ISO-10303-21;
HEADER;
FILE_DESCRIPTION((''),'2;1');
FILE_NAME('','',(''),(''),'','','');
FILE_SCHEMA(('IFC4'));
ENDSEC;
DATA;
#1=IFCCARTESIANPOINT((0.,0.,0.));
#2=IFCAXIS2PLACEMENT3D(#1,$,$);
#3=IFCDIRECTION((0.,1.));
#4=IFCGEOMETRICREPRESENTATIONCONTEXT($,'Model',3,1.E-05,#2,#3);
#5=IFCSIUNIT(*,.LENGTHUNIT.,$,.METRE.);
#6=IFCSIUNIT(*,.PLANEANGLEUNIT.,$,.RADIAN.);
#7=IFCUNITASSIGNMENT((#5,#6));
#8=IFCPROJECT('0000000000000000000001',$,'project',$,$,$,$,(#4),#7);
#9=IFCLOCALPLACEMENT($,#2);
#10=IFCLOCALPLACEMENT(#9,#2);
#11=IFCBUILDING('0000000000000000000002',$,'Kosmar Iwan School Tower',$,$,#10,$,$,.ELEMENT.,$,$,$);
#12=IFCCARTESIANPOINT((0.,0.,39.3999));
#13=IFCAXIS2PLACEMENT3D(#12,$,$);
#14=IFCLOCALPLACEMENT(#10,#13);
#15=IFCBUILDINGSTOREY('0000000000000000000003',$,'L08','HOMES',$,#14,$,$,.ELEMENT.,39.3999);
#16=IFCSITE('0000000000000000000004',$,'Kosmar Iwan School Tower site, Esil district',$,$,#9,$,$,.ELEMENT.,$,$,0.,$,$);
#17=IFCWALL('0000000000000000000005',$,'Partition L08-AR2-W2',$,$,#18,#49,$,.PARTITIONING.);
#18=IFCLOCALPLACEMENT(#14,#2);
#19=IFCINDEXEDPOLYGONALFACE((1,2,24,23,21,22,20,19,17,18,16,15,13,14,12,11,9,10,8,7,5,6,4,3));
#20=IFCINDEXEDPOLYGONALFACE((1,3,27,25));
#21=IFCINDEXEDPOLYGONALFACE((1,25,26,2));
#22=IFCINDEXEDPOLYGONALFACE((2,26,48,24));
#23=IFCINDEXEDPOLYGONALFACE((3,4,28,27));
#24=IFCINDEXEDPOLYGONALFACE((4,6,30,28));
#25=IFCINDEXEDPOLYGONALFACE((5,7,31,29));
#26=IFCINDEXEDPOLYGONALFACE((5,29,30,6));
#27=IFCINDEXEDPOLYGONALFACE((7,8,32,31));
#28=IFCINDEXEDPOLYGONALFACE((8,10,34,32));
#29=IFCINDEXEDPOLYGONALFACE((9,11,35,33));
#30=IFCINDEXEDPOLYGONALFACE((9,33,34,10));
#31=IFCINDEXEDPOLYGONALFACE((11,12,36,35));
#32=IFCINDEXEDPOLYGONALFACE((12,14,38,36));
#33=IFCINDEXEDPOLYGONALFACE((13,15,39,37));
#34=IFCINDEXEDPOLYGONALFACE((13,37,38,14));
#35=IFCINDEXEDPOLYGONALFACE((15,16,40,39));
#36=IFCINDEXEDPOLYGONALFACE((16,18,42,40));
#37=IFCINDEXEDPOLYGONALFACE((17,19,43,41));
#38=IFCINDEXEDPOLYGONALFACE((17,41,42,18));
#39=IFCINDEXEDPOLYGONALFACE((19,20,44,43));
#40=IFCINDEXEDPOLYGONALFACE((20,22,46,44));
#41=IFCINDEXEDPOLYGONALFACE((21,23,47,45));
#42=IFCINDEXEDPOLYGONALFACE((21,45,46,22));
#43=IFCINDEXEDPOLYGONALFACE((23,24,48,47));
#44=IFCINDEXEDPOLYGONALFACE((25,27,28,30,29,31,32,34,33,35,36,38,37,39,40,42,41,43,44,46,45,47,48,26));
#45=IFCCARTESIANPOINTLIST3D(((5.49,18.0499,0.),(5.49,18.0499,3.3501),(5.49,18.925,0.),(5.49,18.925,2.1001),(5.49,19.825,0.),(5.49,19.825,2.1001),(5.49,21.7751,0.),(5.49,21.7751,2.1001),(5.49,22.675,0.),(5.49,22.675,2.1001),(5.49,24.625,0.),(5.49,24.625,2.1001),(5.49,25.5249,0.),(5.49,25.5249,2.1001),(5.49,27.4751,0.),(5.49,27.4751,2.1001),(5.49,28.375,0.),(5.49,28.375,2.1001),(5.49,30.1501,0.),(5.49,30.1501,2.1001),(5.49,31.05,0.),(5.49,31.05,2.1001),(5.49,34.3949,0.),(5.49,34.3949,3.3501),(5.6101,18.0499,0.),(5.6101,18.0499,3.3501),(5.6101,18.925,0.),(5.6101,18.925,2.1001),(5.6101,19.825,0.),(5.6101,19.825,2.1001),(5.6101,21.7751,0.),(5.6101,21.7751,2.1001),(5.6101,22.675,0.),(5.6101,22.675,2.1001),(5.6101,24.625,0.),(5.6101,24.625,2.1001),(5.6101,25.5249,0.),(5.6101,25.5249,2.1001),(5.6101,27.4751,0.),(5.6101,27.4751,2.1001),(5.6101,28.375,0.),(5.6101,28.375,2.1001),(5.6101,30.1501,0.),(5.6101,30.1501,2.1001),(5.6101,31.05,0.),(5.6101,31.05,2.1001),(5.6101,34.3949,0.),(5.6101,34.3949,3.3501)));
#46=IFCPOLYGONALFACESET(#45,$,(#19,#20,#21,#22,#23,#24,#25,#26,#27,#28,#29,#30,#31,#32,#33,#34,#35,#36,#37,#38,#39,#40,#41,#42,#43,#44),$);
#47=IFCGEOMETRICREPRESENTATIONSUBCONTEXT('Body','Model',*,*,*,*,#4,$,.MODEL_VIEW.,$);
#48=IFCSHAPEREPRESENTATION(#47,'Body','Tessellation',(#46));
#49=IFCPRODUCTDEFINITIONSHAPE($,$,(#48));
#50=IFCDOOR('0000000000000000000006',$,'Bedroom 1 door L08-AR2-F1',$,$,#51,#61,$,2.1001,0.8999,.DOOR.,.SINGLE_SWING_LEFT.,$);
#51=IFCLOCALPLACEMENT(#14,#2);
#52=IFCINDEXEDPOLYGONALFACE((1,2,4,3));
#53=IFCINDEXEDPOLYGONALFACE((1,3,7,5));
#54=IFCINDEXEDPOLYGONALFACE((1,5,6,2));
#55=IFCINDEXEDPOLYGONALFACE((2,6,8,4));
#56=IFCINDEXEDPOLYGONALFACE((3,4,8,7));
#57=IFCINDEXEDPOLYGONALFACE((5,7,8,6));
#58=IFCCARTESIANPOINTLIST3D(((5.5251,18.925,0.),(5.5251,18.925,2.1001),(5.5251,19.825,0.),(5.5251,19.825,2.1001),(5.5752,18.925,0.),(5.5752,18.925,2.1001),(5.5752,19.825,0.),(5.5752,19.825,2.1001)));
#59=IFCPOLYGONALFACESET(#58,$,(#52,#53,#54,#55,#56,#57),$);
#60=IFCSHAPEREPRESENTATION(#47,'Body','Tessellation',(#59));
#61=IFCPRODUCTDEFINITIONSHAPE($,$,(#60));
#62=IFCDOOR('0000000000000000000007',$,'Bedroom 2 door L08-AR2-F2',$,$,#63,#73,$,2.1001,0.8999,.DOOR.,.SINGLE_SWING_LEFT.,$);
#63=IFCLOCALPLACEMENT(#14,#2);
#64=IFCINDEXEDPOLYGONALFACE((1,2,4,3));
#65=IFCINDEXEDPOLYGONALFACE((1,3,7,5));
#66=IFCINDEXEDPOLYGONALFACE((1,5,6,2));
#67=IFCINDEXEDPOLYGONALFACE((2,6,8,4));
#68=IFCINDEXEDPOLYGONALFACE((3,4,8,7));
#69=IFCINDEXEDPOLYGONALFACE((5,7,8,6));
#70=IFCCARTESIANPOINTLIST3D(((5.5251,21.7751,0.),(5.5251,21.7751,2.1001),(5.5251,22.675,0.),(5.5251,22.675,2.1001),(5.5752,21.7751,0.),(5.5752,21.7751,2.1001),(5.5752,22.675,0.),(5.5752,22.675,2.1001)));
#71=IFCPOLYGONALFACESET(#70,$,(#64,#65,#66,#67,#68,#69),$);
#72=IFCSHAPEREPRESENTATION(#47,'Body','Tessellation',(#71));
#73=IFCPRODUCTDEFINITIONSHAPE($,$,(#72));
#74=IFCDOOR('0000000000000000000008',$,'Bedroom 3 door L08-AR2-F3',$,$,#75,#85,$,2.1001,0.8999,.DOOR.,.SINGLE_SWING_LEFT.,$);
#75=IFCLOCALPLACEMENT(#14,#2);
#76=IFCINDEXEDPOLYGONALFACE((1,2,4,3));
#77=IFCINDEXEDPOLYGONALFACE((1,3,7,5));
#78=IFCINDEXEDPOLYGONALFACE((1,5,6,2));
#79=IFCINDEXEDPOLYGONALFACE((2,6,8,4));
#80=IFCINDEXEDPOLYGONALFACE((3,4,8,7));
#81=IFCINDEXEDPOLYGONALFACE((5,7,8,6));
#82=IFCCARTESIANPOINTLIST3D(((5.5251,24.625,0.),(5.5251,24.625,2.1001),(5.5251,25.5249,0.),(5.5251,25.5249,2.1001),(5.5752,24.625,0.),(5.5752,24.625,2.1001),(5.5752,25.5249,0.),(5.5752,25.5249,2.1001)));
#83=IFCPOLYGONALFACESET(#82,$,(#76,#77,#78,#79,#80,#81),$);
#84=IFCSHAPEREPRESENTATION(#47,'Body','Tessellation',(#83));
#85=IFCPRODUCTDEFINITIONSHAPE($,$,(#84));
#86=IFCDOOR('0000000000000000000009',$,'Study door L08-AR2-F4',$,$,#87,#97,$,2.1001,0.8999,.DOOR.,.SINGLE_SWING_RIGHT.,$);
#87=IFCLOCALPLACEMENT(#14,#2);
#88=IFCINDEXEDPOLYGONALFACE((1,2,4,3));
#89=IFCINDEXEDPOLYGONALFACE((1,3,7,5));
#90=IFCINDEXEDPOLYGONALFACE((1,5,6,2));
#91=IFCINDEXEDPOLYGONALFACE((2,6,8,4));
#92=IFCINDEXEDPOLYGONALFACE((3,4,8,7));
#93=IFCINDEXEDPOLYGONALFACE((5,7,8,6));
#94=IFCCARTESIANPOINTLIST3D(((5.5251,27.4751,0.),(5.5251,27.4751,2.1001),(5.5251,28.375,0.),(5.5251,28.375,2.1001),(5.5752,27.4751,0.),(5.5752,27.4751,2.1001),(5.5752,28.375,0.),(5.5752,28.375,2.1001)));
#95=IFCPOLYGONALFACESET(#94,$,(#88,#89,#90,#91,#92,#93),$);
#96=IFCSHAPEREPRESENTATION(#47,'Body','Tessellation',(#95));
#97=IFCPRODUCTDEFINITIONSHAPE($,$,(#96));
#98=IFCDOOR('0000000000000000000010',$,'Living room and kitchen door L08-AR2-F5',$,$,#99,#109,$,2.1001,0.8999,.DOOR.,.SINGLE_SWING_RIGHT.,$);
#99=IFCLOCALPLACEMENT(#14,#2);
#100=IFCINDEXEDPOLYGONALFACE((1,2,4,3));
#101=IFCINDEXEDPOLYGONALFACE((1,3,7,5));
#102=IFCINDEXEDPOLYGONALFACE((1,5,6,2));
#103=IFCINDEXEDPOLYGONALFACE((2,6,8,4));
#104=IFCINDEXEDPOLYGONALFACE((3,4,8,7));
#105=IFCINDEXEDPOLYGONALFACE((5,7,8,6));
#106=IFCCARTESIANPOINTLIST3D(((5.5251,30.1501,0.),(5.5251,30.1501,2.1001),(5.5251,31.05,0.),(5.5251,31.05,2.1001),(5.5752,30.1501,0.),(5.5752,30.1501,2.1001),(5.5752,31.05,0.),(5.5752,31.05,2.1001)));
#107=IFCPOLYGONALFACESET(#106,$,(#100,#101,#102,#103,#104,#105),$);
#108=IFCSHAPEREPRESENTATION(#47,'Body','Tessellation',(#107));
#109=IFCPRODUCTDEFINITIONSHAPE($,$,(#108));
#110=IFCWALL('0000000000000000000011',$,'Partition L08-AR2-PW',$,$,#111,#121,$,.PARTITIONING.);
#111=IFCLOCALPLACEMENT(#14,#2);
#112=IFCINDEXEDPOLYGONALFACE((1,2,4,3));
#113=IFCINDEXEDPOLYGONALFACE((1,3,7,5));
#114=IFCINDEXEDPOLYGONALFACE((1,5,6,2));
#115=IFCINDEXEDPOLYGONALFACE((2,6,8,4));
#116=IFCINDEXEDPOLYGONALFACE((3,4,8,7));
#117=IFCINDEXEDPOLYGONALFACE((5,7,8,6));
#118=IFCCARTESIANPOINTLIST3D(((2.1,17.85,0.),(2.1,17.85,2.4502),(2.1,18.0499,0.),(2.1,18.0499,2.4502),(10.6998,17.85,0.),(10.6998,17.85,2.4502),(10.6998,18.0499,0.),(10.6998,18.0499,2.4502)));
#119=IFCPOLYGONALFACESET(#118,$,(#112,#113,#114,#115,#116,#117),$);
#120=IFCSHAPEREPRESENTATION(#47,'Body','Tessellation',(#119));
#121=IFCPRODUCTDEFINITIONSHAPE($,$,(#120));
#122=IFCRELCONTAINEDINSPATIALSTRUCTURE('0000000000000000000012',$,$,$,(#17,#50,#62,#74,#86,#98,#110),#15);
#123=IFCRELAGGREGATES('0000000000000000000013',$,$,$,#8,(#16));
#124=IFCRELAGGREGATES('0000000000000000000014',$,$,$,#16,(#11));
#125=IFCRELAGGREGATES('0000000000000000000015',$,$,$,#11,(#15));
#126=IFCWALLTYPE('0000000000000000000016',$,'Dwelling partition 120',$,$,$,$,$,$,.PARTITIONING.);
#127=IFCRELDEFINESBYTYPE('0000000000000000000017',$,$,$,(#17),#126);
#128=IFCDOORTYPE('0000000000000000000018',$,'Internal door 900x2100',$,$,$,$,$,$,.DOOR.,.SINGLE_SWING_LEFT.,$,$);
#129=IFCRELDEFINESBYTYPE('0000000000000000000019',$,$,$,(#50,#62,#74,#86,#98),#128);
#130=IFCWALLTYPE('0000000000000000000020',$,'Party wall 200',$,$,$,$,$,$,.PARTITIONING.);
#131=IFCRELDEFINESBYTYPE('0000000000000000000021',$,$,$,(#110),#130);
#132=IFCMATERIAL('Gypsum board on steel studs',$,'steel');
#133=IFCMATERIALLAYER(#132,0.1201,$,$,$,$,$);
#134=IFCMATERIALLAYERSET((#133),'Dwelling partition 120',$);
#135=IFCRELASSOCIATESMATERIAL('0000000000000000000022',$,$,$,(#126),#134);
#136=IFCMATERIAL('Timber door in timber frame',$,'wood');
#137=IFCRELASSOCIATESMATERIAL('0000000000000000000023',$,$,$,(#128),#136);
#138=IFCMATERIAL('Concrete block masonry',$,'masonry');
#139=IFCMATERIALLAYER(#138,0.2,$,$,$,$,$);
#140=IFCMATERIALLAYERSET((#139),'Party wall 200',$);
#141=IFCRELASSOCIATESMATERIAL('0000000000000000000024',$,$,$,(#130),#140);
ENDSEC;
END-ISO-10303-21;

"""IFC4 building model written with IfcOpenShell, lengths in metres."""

from ifc_helpers import new_model, si_unit, direction, frame, frame_2d, origin, place, context, subcontext, project, spatial, rectangle, extrude, material, layer, layer_set, type_object, element, fill, save


model = new_model("IFC4")

# Units and contexts
model_context = context("Model", 3, precision=1e-05, world=origin(), true_north=direction((0.0, 1.0)))
body_context = subcontext(model_context, "Body", "Model", "MODEL_VIEW")
ifc_project = project(units=[si_unit("LENGTHUNIT", "METRE"), si_unit("PLANEANGLEUNIT", "RADIAN")], contexts=[model_context])

# Site, building, storey
site_placement = place(None, origin())
site = spatial("IfcSite", under=ifc_project, at=site_placement, Name="Kosmar Iwan School Tower site, Esil district", CompositionType="ELEMENT", RefElevation=0.0)
building_placement = place(site_placement, origin())
building = spatial("IfcBuilding", under=site, at=building_placement, Name="Kosmar Iwan School Tower", CompositionType="ELEMENT")
storey_placement = place(building_placement, frame((0.0, 0.0, 39.3999)))
storey = spatial("IfcBuildingStorey", under=building, at=storey_placement, Name="L08", Description="HOMES", CompositionType="ELEMENT", Elevation=39.3999)

# Shared definitions
ifc_material_1 = material(Name="Gypsum board on steel studs", Category="steel")
ifc_layer_1 = layer(ifc_material_1, 0.1201)
ifc_layer_set_1 = layer_set([ifc_layer_1], Name="Dwelling partition 120")
wall_type_1 = type_object("IfcWallType", Name="Dwelling partition 120", PredefinedType="PARTITIONING", material=ifc_layer_set_1)

# Wall, openings, doors
ifc_material_2 = material(Name="Timber door in timber frame", Category="wood")
door_type_1 = type_object("IfcDoorType", Name="Internal door 900x2100", OperationType="SINGLE_SWING_LEFT", PredefinedType="DOOR", material=ifc_material_2)
wall_1_placement = place(storey_placement, frame((5.55, 18.05, 0.0), z_axis=(0.0, 0.0, 1.0), x_axis=(0.0, 1.0, 0.0)))
wall_1 = element("IfcWall", 1, at=wall_1_placement, inside=storey, type_object=wall_type_1, Name="Partition L08-AR2-W2", PredefinedType="PARTITIONING", context=body_context, shape_type="SweptSolid", body=[
    extrude(rectangle(XDim=16.345, YDim=0.1201, at=frame_2d((8.1724, 0.0))), origin(), (0.0, 0.0, 1.0), 3.3501),
])
opening_1_placement = place(wall_1_placement, frame((0.875, 0.0, 0.0)))
opening_1 = element("IfcOpeningElement", 2, at=opening_1_placement, cuts=wall_1, PredefinedType="OPENING", context=body_context, shape_type="SweptSolid", body=[
    extrude(rectangle(XDim=0.8999, YDim=2.1001, at=frame_2d((0.45, 1.05))), frame((0.0, 0.072, 0.0), z_axis=(0.0, -1.0, 0.0), x_axis=(1.0, 0.0, 0.0)), (0.0, 0.0, 1.0), 0.144),
])
opening_2_placement = place(wall_1_placement, frame((3.7251, 0.0, 0.0)))
opening_2 = element("IfcOpeningElement", 3, at=opening_2_placement, cuts=wall_1, PredefinedType="OPENING", context=body_context, shape_type="SweptSolid", body=[
    extrude(rectangle(XDim=0.8999, YDim=2.1001, at=frame_2d((0.45, 1.05))), frame((0.0, 0.072, 0.0), z_axis=(0.0, -1.0, 0.0), x_axis=(1.0, 0.0, 0.0)), (0.0, 0.0, 1.0), 0.144),
])
opening_3_placement = place(wall_1_placement, frame((6.575, 0.0, 0.0)))
opening_3 = element("IfcOpeningElement", 4, at=opening_3_placement, cuts=wall_1, PredefinedType="OPENING", context=body_context, shape_type="SweptSolid", body=[
    extrude(rectangle(XDim=0.8999, YDim=2.1001, at=frame_2d((0.45, 1.05))), frame((0.0, 0.072, 0.0), z_axis=(0.0, -1.0, 0.0), x_axis=(1.0, 0.0, 0.0)), (0.0, 0.0, 1.0), 0.144),
])
opening_4_placement = place(wall_1_placement, frame((9.425, 0.0, 0.0)))
opening_4 = element("IfcOpeningElement", 5, at=opening_4_placement, cuts=wall_1, PredefinedType="OPENING", context=body_context, shape_type="SweptSolid", body=[
    extrude(rectangle(XDim=0.8999, YDim=2.1001, at=frame_2d((0.45, 1.05))), frame((0.0, 0.072, 0.0), z_axis=(0.0, -1.0, 0.0), x_axis=(1.0, 0.0, 0.0)), (0.0, 0.0, 1.0), 0.144),
])
opening_5_placement = place(wall_1_placement, frame((12.1001, 0.0, 0.0)))
opening_5 = element("IfcOpeningElement", 6, at=opening_5_placement, cuts=wall_1, PredefinedType="OPENING", context=body_context, shape_type="SweptSolid", body=[
    extrude(rectangle(XDim=0.8999, YDim=2.1001, at=frame_2d((0.45, 1.05))), frame((0.0, 0.072, 0.0), z_axis=(0.0, -1.0, 0.0), x_axis=(1.0, 0.0, 0.0)), (0.0, 0.0, 1.0), 0.144),
])
door_1_placement = place(opening_1_placement, origin())
door_1 = element("IfcDoor", 7, at=door_1_placement, inside=storey, type_object=door_type_1, Name="Bedroom 1 door L08-AR2-F1", OperationType="SINGLE_SWING_LEFT", OverallHeight=2.1001, OverallWidth=0.8999, PredefinedType="DOOR", context=body_context, shape_type="SweptSolid", body=[
    extrude(rectangle(XDim=0.8999, YDim=2.1001, at=frame_2d((0.45, 1.05))), frame((0.0, 0.0249, 0.0), z_axis=(0.0, -1.0, 0.0), x_axis=(1.0, 0.0, 0.0)), (0.0, 0.0, 1.0), 0.05),
])
fill(opening_1, door_1)
door_2_placement = place(opening_2_placement, origin())
door_2 = element("IfcDoor", 8, at=door_2_placement, inside=storey, type_object=door_type_1, Name="Bedroom 2 door L08-AR2-F2", OperationType="SINGLE_SWING_LEFT", OverallHeight=2.1001, OverallWidth=0.8999, PredefinedType="DOOR", context=body_context, shape_type="SweptSolid", body=[
    extrude(rectangle(XDim=0.8999, YDim=2.1001, at=frame_2d((0.45, 1.05))), frame((0.0, 0.0249, 0.0), z_axis=(0.0, -1.0, 0.0), x_axis=(1.0, 0.0, 0.0)), (0.0, 0.0, 1.0), 0.05),
])
fill(opening_2, door_2)
door_3_placement = place(opening_3_placement, origin())
door_3 = element("IfcDoor", 9, at=door_3_placement, inside=storey, type_object=door_type_1, Name="Bedroom 3 door L08-AR2-F3", OperationType="SINGLE_SWING_LEFT", OverallHeight=2.1001, OverallWidth=0.8999, PredefinedType="DOOR", context=body_context, shape_type="SweptSolid", body=[
    extrude(rectangle(XDim=0.8999, YDim=2.1001, at=frame_2d((0.45, 1.05))), frame((0.0, 0.0249, 0.0), z_axis=(0.0, -1.0, 0.0), x_axis=(1.0, 0.0, 0.0)), (0.0, 0.0, 1.0), 0.05),
])
fill(opening_3, door_3)
door_4_placement = place(opening_4_placement, origin())
door_4 = element("IfcDoor", 10, at=door_4_placement, inside=storey, type_object=door_type_1, Name="Study door L08-AR2-F4", OperationType="SINGLE_SWING_RIGHT", OverallHeight=2.1001, OverallWidth=0.8999, PredefinedType="DOOR", context=body_context, shape_type="SweptSolid", body=[
    extrude(rectangle(XDim=0.8999, YDim=2.1001, at=frame_2d((0.45, 1.05))), frame((0.0, 0.0249, 0.0), z_axis=(0.0, -1.0, 0.0), x_axis=(1.0, 0.0, 0.0)), (0.0, 0.0, 1.0), 0.05),
])
fill(opening_4, door_4)
door_5_placement = place(opening_5_placement, origin())
door_5 = element("IfcDoor", 11, at=door_5_placement, inside=storey, type_object=door_type_1, Name="Living room and kitchen door L08-AR2-F5", OperationType="SINGLE_SWING_RIGHT", OverallHeight=2.1001, OverallWidth=0.8999, PredefinedType="DOOR", context=body_context, shape_type="SweptSolid", body=[
    extrude(rectangle(XDim=0.8999, YDim=2.1001, at=frame_2d((0.45, 1.05))), frame((0.0, 0.0249, 0.0), z_axis=(0.0, -1.0, 0.0), x_axis=(1.0, 0.0, 0.0)), (0.0, 0.0, 1.0), 0.05),
])
fill(opening_5, door_5)

# Wall
ifc_material_3 = material(Name="Concrete block masonry", Category="masonry")
ifc_layer_2 = layer(ifc_material_3, 0.2)
ifc_layer_set_2 = layer_set([ifc_layer_2], Name="Party wall 200")
wall_type_2 = type_object("IfcWallType", Name="Party wall 200", PredefinedType="PARTITIONING", material=ifc_layer_set_2)
wall_2_placement = place(storey_placement, frame((2.1001, 17.95, 0.0), z_axis=(0.0, 0.0, 1.0), x_axis=(1.0, 0.0, 0.0)))
element("IfcWall", 12, at=wall_2_placement, inside=storey, type_object=wall_type_2, Name="Partition L08-AR2-PW", PredefinedType="PARTITIONING", context=body_context, shape_type="SweptSolid", body=[
    extrude(rectangle(XDim=8.5999, YDim=0.2, at=frame_2d((4.2998, 0.0))), origin(), (0.0, 0.0, 1.0), 2.4502),
])

save(model, "model.ifc")
